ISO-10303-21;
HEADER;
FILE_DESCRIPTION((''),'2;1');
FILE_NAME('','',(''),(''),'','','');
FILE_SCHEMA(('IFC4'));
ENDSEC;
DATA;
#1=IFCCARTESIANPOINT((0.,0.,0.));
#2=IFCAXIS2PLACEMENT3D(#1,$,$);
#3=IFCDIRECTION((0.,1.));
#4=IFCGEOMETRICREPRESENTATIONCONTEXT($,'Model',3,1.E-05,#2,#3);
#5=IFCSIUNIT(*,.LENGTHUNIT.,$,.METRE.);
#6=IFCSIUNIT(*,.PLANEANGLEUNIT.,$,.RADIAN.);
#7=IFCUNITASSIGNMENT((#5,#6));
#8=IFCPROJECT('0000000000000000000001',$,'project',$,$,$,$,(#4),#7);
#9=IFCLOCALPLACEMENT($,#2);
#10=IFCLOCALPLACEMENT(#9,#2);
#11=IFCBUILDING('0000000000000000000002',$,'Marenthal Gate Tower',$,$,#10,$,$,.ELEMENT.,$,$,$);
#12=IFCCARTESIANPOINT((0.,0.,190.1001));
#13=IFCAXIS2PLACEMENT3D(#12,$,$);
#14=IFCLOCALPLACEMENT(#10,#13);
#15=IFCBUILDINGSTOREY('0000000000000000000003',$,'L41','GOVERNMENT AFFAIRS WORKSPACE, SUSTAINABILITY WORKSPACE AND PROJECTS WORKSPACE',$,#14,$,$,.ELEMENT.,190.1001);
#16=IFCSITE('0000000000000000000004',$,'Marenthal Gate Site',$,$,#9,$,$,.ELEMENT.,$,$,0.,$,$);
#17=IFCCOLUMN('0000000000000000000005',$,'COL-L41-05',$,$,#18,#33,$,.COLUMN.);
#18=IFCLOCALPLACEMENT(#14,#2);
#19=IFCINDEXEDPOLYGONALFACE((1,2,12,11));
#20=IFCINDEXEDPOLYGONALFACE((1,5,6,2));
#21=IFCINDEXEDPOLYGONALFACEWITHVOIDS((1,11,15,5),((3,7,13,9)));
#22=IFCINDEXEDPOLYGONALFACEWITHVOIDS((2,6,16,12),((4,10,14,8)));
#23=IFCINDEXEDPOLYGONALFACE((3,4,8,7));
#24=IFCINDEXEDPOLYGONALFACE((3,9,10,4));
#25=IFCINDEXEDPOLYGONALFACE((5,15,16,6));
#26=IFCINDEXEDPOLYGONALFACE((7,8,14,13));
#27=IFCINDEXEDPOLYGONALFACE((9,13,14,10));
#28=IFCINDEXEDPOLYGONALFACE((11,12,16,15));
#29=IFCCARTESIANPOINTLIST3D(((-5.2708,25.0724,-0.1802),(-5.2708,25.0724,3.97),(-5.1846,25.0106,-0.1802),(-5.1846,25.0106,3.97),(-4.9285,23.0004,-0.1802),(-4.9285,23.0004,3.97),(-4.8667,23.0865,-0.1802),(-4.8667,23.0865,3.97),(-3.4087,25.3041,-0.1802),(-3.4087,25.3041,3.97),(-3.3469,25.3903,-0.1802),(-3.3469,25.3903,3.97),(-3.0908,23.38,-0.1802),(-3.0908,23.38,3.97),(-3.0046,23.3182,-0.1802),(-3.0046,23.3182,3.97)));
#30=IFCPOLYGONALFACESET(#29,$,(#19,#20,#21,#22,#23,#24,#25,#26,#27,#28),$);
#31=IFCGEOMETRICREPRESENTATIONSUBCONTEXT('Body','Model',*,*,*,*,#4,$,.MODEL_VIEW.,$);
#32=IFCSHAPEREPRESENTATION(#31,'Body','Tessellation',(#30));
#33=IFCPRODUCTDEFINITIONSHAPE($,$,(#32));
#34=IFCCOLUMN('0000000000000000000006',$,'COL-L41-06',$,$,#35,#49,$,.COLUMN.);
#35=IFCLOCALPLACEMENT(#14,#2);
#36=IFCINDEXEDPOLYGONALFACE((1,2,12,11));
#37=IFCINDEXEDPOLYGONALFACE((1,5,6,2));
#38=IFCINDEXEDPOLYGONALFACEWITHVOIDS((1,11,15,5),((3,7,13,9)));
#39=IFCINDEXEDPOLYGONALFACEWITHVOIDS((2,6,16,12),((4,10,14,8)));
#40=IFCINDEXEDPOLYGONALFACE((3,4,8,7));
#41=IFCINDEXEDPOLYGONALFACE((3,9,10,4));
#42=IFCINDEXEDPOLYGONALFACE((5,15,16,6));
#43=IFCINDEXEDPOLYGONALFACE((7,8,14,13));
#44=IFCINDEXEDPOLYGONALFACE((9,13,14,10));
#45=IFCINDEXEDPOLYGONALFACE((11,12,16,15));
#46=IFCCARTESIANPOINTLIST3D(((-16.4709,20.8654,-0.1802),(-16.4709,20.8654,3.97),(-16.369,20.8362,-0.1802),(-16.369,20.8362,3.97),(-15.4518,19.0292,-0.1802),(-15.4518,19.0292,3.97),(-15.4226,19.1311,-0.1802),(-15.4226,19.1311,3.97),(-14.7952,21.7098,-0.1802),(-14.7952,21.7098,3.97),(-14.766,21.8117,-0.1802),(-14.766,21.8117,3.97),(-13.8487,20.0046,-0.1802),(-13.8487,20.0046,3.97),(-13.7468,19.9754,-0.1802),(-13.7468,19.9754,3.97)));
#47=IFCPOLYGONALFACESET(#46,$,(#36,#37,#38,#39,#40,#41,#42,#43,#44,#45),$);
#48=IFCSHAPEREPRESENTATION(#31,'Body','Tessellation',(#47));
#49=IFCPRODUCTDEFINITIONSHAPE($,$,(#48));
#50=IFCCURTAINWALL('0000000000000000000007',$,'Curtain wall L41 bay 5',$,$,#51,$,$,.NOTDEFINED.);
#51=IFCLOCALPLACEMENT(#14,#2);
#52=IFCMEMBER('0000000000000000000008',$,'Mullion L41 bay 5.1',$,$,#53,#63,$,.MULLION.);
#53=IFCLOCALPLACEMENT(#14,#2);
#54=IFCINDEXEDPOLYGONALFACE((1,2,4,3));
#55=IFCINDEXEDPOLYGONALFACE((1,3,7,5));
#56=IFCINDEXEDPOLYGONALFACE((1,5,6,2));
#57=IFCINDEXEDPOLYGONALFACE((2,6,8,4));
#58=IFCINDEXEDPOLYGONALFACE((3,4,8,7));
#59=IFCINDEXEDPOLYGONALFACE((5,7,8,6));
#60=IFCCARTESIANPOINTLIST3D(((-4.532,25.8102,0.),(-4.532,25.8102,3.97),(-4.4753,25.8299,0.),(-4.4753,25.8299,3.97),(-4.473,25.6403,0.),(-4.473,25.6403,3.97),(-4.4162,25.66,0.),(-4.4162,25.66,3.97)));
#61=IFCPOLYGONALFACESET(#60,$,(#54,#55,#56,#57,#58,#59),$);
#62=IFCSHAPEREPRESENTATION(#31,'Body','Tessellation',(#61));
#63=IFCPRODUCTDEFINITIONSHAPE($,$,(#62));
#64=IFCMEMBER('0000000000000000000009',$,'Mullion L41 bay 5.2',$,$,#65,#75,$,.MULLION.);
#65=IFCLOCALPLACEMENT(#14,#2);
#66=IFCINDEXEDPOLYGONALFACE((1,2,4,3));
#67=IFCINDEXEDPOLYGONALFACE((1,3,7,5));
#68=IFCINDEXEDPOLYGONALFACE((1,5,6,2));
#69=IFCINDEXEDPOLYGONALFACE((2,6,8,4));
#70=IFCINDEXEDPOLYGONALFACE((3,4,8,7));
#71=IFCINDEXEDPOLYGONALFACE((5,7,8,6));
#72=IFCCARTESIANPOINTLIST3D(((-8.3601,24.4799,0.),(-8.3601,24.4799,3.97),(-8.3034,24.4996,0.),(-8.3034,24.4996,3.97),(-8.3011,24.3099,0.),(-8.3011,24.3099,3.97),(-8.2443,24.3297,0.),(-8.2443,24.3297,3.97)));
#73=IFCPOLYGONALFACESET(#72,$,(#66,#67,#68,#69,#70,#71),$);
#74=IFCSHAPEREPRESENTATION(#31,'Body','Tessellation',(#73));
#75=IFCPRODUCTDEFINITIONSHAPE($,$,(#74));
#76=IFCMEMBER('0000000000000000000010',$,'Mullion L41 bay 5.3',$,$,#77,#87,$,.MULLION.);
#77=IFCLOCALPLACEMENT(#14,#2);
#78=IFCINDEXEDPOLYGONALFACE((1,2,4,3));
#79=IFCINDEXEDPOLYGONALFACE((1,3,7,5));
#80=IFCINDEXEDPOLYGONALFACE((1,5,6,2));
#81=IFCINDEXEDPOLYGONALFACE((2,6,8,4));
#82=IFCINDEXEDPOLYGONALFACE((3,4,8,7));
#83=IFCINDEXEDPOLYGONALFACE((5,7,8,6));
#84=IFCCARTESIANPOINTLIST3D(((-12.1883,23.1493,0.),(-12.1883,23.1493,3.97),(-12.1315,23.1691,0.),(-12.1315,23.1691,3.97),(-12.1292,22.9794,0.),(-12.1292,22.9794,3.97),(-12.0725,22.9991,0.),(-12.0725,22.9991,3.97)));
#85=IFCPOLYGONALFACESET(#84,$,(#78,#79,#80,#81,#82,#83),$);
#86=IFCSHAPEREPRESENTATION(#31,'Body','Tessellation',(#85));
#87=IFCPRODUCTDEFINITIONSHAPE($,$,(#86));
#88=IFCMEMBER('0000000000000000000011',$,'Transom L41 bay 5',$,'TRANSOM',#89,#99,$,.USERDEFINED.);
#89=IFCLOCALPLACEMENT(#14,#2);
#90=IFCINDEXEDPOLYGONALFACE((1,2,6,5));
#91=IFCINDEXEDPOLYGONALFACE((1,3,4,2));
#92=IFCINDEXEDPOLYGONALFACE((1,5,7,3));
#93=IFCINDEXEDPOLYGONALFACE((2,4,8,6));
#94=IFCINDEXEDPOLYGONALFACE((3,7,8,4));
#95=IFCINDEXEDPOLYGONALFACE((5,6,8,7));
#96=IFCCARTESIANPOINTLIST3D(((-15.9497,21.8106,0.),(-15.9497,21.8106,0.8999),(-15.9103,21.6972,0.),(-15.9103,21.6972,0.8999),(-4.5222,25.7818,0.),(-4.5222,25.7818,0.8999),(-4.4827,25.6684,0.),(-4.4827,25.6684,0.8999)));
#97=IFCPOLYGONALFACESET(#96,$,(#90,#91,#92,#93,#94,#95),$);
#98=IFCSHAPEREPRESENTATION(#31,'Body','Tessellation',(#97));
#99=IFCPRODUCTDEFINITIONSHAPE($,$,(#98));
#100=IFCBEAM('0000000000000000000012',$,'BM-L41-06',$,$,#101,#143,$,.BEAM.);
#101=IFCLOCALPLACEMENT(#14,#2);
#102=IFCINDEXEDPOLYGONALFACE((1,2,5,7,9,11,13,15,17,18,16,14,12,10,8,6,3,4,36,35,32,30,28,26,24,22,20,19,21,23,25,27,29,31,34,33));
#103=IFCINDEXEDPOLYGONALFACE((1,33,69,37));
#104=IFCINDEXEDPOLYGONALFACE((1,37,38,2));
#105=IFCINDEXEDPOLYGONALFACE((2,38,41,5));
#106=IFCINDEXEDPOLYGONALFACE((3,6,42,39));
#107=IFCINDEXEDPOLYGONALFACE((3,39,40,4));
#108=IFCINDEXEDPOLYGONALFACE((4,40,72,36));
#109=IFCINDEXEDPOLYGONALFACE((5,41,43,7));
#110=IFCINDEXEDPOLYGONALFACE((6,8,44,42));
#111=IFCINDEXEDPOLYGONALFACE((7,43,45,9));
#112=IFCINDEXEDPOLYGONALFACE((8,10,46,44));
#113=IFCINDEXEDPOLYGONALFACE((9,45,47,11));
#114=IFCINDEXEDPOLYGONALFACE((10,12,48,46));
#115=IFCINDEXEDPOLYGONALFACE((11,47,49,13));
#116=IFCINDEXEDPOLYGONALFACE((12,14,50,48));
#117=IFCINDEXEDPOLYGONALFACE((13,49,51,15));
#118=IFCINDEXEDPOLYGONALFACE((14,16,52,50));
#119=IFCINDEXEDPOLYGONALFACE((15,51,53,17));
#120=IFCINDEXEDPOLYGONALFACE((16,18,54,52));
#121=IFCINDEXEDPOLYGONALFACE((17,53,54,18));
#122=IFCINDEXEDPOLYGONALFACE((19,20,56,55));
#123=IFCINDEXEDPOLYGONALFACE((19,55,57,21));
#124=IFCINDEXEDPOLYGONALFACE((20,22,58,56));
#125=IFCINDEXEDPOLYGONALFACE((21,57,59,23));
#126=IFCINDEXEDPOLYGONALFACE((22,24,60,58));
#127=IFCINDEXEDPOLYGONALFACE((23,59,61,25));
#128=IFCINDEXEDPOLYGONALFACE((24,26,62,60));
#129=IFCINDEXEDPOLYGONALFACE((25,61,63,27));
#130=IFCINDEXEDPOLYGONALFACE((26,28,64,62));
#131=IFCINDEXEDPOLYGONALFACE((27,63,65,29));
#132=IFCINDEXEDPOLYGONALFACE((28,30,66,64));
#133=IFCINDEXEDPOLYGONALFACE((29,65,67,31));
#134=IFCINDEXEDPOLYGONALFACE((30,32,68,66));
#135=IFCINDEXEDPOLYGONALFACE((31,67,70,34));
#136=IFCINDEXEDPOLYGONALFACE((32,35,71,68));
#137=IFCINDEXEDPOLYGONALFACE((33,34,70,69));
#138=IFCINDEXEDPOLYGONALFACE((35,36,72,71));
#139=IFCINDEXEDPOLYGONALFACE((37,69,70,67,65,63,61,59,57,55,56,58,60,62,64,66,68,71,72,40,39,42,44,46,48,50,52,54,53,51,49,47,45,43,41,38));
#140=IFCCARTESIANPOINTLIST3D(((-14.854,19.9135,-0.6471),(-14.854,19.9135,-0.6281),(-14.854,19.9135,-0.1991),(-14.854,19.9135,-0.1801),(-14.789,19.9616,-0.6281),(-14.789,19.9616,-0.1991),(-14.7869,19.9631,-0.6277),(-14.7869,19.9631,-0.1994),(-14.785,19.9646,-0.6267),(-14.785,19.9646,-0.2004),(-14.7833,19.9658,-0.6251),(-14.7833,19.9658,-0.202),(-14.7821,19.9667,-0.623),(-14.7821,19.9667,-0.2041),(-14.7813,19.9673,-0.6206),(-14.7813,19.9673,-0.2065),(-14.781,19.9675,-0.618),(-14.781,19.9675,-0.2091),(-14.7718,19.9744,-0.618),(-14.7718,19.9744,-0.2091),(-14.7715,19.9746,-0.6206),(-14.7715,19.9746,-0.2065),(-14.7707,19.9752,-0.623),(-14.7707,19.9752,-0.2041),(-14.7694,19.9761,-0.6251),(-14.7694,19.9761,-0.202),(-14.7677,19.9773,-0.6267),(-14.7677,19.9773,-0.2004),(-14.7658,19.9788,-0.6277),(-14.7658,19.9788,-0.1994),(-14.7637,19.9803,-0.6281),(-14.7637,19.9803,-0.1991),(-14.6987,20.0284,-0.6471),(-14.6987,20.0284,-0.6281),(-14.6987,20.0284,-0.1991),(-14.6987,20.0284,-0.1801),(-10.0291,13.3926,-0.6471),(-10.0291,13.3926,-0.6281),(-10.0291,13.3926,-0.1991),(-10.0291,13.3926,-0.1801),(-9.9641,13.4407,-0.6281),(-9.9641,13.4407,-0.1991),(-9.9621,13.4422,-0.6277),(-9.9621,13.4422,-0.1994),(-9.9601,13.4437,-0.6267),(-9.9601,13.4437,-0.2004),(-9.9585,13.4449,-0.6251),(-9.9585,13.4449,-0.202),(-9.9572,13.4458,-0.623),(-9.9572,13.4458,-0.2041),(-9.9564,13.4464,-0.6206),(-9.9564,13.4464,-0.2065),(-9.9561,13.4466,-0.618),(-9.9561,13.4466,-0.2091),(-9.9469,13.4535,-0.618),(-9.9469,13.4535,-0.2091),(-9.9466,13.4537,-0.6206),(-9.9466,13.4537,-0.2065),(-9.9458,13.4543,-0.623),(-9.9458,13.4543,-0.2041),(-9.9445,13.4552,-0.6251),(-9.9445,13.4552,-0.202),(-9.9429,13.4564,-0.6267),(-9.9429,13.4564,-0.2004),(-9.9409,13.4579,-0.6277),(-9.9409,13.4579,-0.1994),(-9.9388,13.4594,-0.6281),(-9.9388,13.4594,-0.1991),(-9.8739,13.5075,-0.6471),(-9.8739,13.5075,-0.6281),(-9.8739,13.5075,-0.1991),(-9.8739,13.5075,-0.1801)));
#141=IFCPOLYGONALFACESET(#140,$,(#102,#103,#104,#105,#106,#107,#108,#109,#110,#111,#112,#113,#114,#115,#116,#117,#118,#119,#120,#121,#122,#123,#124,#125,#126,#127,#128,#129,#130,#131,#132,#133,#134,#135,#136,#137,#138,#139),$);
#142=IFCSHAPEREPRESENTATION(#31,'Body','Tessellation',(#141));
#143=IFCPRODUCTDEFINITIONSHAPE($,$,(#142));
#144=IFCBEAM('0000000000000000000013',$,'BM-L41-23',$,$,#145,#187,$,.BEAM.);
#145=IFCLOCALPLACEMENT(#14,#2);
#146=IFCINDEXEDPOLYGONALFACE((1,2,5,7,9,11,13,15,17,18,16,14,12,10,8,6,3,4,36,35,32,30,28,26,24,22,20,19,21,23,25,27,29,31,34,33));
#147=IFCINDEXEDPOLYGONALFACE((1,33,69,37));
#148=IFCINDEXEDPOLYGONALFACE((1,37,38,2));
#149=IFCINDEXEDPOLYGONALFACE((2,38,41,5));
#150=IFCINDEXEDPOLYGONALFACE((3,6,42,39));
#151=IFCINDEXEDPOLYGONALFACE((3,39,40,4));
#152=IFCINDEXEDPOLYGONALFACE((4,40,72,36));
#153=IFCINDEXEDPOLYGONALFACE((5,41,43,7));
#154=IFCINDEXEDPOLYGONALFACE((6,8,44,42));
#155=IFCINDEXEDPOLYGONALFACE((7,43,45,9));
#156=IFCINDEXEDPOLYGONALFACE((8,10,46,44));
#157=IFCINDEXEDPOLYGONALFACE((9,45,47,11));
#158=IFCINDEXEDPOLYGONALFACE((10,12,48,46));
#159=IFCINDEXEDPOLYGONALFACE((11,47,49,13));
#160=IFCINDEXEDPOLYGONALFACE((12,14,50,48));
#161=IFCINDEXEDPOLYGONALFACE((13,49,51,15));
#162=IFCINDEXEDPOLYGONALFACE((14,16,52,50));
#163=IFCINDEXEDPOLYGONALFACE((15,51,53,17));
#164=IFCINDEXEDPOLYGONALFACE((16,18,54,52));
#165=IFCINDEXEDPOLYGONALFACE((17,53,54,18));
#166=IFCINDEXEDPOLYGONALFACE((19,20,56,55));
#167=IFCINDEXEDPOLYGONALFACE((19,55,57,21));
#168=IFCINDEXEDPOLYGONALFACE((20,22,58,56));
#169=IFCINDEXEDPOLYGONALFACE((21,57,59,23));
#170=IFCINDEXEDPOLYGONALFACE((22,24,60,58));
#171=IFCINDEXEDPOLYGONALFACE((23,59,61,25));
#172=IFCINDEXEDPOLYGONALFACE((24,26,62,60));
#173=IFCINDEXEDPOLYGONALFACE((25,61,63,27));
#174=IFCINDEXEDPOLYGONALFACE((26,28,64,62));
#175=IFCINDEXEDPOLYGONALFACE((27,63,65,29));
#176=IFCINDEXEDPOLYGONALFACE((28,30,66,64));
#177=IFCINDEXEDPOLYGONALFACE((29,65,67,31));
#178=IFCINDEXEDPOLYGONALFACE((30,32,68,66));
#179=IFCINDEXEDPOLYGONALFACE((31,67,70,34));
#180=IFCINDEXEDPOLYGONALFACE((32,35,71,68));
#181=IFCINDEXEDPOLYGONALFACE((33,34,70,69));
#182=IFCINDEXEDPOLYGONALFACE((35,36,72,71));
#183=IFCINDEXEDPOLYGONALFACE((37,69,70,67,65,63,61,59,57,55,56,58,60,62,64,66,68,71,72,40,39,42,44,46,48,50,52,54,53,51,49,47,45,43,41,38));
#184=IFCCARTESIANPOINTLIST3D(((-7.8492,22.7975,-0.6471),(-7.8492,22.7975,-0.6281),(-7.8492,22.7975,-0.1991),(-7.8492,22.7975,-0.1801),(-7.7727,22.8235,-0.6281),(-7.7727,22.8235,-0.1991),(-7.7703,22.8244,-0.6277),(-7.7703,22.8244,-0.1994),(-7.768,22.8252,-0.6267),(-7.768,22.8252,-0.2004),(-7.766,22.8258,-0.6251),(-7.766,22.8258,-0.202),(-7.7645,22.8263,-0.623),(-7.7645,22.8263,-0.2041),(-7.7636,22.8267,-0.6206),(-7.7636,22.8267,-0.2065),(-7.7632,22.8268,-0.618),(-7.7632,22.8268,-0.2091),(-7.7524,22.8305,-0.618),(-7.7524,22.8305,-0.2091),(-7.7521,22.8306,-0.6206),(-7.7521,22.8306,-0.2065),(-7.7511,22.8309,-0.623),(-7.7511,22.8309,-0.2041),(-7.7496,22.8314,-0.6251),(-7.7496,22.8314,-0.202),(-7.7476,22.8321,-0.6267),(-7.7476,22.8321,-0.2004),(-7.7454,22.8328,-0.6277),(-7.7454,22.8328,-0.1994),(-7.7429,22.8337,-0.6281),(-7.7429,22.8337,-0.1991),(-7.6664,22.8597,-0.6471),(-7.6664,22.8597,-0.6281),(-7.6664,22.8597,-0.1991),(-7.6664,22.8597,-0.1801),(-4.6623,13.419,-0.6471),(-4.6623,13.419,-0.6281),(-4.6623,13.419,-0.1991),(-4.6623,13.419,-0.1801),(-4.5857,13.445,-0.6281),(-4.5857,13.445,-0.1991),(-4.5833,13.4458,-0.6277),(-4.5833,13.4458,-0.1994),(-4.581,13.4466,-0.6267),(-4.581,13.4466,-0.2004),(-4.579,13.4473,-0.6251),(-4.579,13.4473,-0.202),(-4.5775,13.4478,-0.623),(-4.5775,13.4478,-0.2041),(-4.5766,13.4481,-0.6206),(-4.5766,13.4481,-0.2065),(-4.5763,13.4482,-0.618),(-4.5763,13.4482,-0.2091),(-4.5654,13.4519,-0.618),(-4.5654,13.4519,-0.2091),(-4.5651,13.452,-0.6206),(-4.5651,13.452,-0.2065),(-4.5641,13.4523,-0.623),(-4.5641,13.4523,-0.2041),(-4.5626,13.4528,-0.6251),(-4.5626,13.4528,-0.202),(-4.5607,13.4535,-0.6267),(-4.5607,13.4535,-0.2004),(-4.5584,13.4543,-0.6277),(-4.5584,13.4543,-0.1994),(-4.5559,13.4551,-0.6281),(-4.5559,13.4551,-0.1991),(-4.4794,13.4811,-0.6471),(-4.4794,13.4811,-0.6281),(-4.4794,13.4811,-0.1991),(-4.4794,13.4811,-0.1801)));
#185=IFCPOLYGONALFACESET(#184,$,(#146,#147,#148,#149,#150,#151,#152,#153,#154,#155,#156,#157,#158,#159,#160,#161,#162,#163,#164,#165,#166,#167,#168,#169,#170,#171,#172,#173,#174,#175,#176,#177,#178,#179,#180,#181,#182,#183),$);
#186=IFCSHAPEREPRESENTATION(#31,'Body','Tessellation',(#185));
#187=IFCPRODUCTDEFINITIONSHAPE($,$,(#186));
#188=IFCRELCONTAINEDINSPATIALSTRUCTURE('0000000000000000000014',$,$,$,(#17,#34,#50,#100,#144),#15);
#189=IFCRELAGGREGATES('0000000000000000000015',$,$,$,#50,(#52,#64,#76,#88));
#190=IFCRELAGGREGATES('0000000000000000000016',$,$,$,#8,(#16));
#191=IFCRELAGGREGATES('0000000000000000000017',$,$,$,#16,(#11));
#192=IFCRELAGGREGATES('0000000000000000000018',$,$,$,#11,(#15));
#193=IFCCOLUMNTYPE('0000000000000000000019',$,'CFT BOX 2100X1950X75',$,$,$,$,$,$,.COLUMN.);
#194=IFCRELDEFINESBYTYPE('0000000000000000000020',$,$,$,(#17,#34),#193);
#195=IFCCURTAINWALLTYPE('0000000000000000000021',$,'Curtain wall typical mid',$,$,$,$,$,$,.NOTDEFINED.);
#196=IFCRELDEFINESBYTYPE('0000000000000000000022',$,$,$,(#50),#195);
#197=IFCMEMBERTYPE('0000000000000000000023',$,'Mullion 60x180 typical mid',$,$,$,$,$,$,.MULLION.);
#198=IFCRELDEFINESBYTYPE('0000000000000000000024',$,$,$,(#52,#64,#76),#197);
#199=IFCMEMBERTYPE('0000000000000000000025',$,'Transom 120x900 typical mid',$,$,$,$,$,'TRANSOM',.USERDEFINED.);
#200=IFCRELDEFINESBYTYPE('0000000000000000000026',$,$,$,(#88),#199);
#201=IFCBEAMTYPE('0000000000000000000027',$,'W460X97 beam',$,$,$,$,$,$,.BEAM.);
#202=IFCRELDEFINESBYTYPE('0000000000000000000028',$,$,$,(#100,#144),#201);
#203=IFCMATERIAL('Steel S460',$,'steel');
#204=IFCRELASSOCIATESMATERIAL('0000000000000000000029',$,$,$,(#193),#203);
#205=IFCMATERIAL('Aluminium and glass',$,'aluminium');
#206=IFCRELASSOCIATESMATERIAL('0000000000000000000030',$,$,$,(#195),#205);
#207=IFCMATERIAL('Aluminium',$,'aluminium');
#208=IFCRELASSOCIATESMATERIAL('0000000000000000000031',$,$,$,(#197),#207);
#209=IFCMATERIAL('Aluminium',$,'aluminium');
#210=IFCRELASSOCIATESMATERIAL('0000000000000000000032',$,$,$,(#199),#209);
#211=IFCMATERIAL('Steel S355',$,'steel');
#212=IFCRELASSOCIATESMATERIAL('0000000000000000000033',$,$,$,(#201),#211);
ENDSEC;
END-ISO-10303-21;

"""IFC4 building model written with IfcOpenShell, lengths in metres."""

from ifc_helpers import new_model, si_unit, direction, frame, origin, origin_2d, place, context, subcontext, project, spatial, rectangle, hollow_rectangle, i_section, extrude, material, material_profile, profile_set, type_object, element, aggregate, save


model = new_model("IFC4")

# Units and contexts
model_context = context("Model", 3, precision=1e-05, world=origin(), true_north=direction((0.0, 1.0)))
body_context = subcontext(model_context, "Body", "Model", "MODEL_VIEW")
ifc_project = project(units=[si_unit("LENGTHUNIT", "METRE"), si_unit("PLANEANGLEUNIT", "RADIAN")], contexts=[model_context])

# Site, building, storey
site_placement = place(None, origin())
site = spatial("IfcSite", under=ifc_project, at=site_placement, Name="Marenthal Gate Site", CompositionType="ELEMENT", RefElevation=0.0)
building_placement = place(site_placement, origin())
building = spatial("IfcBuilding", under=site, at=building_placement, Name="Marenthal Gate Tower", CompositionType="ELEMENT")
storey_placement = place(building_placement, frame((0.0, 0.0, 190.1001)))
storey = spatial("IfcBuildingStorey", under=building, at=storey_placement, Name="L41", Description="GOVERNMENT AFFAIRS WORKSPACE, SUSTAINABILITY WORKSPACE AND PROJECTS WORKSPACE", CompositionType="ELEMENT", Elevation=190.1001)

# Columns
ifc_material_1 = material(Name="Steel S460", Category="steel")
ifc_material_profile_1 = material_profile(ifc_material_1, hollow_rectangle(XDim=1.95, YDim=2.1001, WallThickness=0.075, at=origin_2d()), Name="CFT BOX 2100X1950X75")
ifc_material_2 = material(Name="Concrete 70 MPa", Category="concrete")
ifc_material_profile_2 = material_profile(ifc_material_2, rectangle(XDim=1.8, YDim=1.95, at=origin_2d()), Name="CFT BOX 2100X1950X75 INFILL")
ifc_profile_set_1 = profile_set([ifc_material_profile_1, ifc_material_profile_2], Name="Steel S460 shell, Concrete 70 MPa infill")
column_type = type_object("IfcColumnType", Name="CFT BOX 2100X1950X75", PredefinedType="COLUMN", material=ifc_profile_set_1)
for number, where, z_axis, x_axis, name in (
    (1, (-4.1377, 24.1953, -0.1802), (0.0, 0.0, 1.0), (0.986623, 0.163018, 0.0), "COL-L41-05"),
    (2, (-15.1089, 20.4204, -0.1802), (0.0, 0.0, 1.0), (0.874354, 0.485289, 0.0), "COL-L41-06"),
):
    element("IfcColumn", number, at=place(storey_placement, frame(where, z_axis=z_axis, x_axis=x_axis)), inside=storey, type_object=column_type, Name=name, PredefinedType="COLUMN", context=body_context, shape_type="SweptSolid", body=[
        extrude(hollow_rectangle(XDim=1.95, YDim=2.1001, WallThickness=0.075, at=origin_2d()), origin(), (0.0, 0.0, 1.0), 4.1501),
    ])

# Curtain wall, members
ifc_material_3 = material(Name="Aluminium and glass", Category="aluminium")
curtain_wall_type = type_object("IfcCurtainWallType", Name="Curtain wall typical mid", PredefinedType="NOTDEFINED", material=ifc_material_3)
curtain_wall_placement = place(storey_placement, origin())
curtain_wall = element("IfcCurtainWall", 3, at=curtain_wall_placement, inside=storey, type_object=curtain_wall_type, Name="Curtain wall L41 bay 5", PredefinedType="NOTDEFINED")
ifc_material_4 = material(Name="Aluminium", Category="aluminium")
ifc_material_profile_3 = material_profile(ifc_material_4, rectangle(XDim=0.1799, YDim=0.0601, at=origin_2d()), Name="60x180 aluminium mullion")
ifc_profile_set_2 = profile_set([ifc_material_profile_3], Name="Aluminium")
member_type_1 = type_object("IfcMemberType", Name="Mullion 60x180 typical mid", PredefinedType="MULLION", material=ifc_profile_set_2)
member_1_placement = place(storey_placement, frame((-4.4741, 25.7351, 0.0), z_axis=(0.0, 0.0, 1.0), x_axis=(0.328273, -0.944583, 0.0)))
member_1 = element("IfcMember", 4, at=member_1_placement, type_object=member_type_1, Name="Mullion L41 bay 5.1", PredefinedType="MULLION", context=body_context, shape_type="SweptSolid", body=[
    extrude(rectangle(XDim=0.1799, YDim=0.0601, at=origin_2d()), origin(), (0.0, 0.0, 1.0), 3.97),
])
member_2_placement = place(storey_placement, frame((-8.3022, 24.4048, 0.0), z_axis=(0.0, 0.0, 1.0), x_axis=(0.328273, -0.944583, 0.0)))
member_2 = element("IfcMember", 5, at=member_2_placement, type_object=member_type_1, Name="Mullion L41 bay 5.2", PredefinedType="MULLION", context=body_context, shape_type="SweptSolid", body=[
    extrude(rectangle(XDim=0.1799, YDim=0.0601, at=origin_2d()), origin(), (0.0, 0.0, 1.0), 3.97),
])
member_3_placement = place(storey_placement, frame((-12.1304, 23.0742, 0.0), z_axis=(0.0, 0.0, 1.0), x_axis=(0.328273, -0.944583, 0.0)))
member_3 = element("IfcMember", 6, at=member_3_placement, type_object=member_type_1, Name="Mullion L41 bay 5.3", PredefinedType="MULLION", context=body_context, shape_type="SweptSolid", body=[
    extrude(rectangle(XDim=0.1799, YDim=0.0601, at=origin_2d()), origin(), (0.0, 0.0, 1.0), 3.97),
])
ifc_material_5 = material(Name="Aluminium", Category="aluminium")
ifc_material_profile_4 = material_profile(ifc_material_5, rectangle(XDim=0.1201, YDim=0.8999, at=origin_2d()), Name="120x900 aluminium transom")
ifc_profile_set_3 = profile_set([ifc_material_profile_4], Name="Aluminium")
member_type_2 = type_object("IfcMemberType", Name="Transom 120x900 typical mid", ElementType="TRANSOM", PredefinedType="USERDEFINED", material=ifc_profile_set_3)
member_4_placement = place(storey_placement, frame((-4.5024, 25.7251, 0.45), z_axis=(-0.944589, -0.328256, 0.0), x_axis=(0.328256, -0.944589, 0.0)))
member_4 = element("IfcMember", 7, at=member_4_placement, type_object=member_type_2, Name="Transom L41 bay 5", ObjectType="TRANSOM", PredefinedType="USERDEFINED", context=body_context, shape_type="SweptSolid", body=[
    extrude(rectangle(XDim=0.1201, YDim=0.8999, at=origin_2d()), origin(), (0.0, 0.0, 1.0), 12.0979),
])

# Beams
ifc_material_6 = material(Name="Steel S355", Category="steel")
ifc_material_profile_5 = material_profile(ifc_material_6, i_section(OverallWidth=0.1931, OverallDepth=0.467, WebThickness=0.0115, FlangeThickness=0.019, FilletRadius=0.01, at=origin_2d()), Name="W460X97")
ifc_profile_set_4 = profile_set([ifc_material_profile_5], Name="Steel S355")
beam_type_1 = type_object("IfcBeamType", Name="W460X97 beam", PredefinedType="BEAM", material=ifc_profile_set_4)
beam_1_placement = place(storey_placement, frame((-14.7764, 19.9709, -0.4136), z_axis=(0.594796, -0.803876, 0.0), x_axis=(0.803876, 0.594796, 0.0)))
element("IfcBeam", 8, at=beam_1_placement, inside=storey, type_object=beam_type_1, Name="BM-L41-06", PredefinedType="BEAM", context=body_context, shape_type="SweptSolid", body=[
    extrude(i_section(OverallWidth=0.1931, OverallDepth=0.467, WebThickness=0.0115, FlangeThickness=0.019, FilletRadius=0.01, at=origin_2d()), origin(), (0.0, 0.0, 1.0), 8.1118),
])
beam_2_placement = place(storey_placement, frame((-7.7578, 22.8286, -0.4136), z_axis=(0.321746, -0.946826, 0.0), x_axis=(0.946826, 0.321746, 0.0)))
element("IfcBeam", 9, at=beam_2_placement, inside=storey, type_object=beam_type_1, Name="BM-L41-23", PredefinedType="BEAM", context=body_context, shape_type="SweptSolid", body=[
    extrude(i_section(OverallWidth=0.1931, OverallDepth=0.467, WebThickness=0.0115, FlangeThickness=0.019, FilletRadius=0.01, at=origin_2d()), origin(), (0.0, 0.0, 1.0), 9.9053),
])

aggregate(curtain_wall, [member_1, member_2, member_3, member_4])

save(model, "model.ifc")
